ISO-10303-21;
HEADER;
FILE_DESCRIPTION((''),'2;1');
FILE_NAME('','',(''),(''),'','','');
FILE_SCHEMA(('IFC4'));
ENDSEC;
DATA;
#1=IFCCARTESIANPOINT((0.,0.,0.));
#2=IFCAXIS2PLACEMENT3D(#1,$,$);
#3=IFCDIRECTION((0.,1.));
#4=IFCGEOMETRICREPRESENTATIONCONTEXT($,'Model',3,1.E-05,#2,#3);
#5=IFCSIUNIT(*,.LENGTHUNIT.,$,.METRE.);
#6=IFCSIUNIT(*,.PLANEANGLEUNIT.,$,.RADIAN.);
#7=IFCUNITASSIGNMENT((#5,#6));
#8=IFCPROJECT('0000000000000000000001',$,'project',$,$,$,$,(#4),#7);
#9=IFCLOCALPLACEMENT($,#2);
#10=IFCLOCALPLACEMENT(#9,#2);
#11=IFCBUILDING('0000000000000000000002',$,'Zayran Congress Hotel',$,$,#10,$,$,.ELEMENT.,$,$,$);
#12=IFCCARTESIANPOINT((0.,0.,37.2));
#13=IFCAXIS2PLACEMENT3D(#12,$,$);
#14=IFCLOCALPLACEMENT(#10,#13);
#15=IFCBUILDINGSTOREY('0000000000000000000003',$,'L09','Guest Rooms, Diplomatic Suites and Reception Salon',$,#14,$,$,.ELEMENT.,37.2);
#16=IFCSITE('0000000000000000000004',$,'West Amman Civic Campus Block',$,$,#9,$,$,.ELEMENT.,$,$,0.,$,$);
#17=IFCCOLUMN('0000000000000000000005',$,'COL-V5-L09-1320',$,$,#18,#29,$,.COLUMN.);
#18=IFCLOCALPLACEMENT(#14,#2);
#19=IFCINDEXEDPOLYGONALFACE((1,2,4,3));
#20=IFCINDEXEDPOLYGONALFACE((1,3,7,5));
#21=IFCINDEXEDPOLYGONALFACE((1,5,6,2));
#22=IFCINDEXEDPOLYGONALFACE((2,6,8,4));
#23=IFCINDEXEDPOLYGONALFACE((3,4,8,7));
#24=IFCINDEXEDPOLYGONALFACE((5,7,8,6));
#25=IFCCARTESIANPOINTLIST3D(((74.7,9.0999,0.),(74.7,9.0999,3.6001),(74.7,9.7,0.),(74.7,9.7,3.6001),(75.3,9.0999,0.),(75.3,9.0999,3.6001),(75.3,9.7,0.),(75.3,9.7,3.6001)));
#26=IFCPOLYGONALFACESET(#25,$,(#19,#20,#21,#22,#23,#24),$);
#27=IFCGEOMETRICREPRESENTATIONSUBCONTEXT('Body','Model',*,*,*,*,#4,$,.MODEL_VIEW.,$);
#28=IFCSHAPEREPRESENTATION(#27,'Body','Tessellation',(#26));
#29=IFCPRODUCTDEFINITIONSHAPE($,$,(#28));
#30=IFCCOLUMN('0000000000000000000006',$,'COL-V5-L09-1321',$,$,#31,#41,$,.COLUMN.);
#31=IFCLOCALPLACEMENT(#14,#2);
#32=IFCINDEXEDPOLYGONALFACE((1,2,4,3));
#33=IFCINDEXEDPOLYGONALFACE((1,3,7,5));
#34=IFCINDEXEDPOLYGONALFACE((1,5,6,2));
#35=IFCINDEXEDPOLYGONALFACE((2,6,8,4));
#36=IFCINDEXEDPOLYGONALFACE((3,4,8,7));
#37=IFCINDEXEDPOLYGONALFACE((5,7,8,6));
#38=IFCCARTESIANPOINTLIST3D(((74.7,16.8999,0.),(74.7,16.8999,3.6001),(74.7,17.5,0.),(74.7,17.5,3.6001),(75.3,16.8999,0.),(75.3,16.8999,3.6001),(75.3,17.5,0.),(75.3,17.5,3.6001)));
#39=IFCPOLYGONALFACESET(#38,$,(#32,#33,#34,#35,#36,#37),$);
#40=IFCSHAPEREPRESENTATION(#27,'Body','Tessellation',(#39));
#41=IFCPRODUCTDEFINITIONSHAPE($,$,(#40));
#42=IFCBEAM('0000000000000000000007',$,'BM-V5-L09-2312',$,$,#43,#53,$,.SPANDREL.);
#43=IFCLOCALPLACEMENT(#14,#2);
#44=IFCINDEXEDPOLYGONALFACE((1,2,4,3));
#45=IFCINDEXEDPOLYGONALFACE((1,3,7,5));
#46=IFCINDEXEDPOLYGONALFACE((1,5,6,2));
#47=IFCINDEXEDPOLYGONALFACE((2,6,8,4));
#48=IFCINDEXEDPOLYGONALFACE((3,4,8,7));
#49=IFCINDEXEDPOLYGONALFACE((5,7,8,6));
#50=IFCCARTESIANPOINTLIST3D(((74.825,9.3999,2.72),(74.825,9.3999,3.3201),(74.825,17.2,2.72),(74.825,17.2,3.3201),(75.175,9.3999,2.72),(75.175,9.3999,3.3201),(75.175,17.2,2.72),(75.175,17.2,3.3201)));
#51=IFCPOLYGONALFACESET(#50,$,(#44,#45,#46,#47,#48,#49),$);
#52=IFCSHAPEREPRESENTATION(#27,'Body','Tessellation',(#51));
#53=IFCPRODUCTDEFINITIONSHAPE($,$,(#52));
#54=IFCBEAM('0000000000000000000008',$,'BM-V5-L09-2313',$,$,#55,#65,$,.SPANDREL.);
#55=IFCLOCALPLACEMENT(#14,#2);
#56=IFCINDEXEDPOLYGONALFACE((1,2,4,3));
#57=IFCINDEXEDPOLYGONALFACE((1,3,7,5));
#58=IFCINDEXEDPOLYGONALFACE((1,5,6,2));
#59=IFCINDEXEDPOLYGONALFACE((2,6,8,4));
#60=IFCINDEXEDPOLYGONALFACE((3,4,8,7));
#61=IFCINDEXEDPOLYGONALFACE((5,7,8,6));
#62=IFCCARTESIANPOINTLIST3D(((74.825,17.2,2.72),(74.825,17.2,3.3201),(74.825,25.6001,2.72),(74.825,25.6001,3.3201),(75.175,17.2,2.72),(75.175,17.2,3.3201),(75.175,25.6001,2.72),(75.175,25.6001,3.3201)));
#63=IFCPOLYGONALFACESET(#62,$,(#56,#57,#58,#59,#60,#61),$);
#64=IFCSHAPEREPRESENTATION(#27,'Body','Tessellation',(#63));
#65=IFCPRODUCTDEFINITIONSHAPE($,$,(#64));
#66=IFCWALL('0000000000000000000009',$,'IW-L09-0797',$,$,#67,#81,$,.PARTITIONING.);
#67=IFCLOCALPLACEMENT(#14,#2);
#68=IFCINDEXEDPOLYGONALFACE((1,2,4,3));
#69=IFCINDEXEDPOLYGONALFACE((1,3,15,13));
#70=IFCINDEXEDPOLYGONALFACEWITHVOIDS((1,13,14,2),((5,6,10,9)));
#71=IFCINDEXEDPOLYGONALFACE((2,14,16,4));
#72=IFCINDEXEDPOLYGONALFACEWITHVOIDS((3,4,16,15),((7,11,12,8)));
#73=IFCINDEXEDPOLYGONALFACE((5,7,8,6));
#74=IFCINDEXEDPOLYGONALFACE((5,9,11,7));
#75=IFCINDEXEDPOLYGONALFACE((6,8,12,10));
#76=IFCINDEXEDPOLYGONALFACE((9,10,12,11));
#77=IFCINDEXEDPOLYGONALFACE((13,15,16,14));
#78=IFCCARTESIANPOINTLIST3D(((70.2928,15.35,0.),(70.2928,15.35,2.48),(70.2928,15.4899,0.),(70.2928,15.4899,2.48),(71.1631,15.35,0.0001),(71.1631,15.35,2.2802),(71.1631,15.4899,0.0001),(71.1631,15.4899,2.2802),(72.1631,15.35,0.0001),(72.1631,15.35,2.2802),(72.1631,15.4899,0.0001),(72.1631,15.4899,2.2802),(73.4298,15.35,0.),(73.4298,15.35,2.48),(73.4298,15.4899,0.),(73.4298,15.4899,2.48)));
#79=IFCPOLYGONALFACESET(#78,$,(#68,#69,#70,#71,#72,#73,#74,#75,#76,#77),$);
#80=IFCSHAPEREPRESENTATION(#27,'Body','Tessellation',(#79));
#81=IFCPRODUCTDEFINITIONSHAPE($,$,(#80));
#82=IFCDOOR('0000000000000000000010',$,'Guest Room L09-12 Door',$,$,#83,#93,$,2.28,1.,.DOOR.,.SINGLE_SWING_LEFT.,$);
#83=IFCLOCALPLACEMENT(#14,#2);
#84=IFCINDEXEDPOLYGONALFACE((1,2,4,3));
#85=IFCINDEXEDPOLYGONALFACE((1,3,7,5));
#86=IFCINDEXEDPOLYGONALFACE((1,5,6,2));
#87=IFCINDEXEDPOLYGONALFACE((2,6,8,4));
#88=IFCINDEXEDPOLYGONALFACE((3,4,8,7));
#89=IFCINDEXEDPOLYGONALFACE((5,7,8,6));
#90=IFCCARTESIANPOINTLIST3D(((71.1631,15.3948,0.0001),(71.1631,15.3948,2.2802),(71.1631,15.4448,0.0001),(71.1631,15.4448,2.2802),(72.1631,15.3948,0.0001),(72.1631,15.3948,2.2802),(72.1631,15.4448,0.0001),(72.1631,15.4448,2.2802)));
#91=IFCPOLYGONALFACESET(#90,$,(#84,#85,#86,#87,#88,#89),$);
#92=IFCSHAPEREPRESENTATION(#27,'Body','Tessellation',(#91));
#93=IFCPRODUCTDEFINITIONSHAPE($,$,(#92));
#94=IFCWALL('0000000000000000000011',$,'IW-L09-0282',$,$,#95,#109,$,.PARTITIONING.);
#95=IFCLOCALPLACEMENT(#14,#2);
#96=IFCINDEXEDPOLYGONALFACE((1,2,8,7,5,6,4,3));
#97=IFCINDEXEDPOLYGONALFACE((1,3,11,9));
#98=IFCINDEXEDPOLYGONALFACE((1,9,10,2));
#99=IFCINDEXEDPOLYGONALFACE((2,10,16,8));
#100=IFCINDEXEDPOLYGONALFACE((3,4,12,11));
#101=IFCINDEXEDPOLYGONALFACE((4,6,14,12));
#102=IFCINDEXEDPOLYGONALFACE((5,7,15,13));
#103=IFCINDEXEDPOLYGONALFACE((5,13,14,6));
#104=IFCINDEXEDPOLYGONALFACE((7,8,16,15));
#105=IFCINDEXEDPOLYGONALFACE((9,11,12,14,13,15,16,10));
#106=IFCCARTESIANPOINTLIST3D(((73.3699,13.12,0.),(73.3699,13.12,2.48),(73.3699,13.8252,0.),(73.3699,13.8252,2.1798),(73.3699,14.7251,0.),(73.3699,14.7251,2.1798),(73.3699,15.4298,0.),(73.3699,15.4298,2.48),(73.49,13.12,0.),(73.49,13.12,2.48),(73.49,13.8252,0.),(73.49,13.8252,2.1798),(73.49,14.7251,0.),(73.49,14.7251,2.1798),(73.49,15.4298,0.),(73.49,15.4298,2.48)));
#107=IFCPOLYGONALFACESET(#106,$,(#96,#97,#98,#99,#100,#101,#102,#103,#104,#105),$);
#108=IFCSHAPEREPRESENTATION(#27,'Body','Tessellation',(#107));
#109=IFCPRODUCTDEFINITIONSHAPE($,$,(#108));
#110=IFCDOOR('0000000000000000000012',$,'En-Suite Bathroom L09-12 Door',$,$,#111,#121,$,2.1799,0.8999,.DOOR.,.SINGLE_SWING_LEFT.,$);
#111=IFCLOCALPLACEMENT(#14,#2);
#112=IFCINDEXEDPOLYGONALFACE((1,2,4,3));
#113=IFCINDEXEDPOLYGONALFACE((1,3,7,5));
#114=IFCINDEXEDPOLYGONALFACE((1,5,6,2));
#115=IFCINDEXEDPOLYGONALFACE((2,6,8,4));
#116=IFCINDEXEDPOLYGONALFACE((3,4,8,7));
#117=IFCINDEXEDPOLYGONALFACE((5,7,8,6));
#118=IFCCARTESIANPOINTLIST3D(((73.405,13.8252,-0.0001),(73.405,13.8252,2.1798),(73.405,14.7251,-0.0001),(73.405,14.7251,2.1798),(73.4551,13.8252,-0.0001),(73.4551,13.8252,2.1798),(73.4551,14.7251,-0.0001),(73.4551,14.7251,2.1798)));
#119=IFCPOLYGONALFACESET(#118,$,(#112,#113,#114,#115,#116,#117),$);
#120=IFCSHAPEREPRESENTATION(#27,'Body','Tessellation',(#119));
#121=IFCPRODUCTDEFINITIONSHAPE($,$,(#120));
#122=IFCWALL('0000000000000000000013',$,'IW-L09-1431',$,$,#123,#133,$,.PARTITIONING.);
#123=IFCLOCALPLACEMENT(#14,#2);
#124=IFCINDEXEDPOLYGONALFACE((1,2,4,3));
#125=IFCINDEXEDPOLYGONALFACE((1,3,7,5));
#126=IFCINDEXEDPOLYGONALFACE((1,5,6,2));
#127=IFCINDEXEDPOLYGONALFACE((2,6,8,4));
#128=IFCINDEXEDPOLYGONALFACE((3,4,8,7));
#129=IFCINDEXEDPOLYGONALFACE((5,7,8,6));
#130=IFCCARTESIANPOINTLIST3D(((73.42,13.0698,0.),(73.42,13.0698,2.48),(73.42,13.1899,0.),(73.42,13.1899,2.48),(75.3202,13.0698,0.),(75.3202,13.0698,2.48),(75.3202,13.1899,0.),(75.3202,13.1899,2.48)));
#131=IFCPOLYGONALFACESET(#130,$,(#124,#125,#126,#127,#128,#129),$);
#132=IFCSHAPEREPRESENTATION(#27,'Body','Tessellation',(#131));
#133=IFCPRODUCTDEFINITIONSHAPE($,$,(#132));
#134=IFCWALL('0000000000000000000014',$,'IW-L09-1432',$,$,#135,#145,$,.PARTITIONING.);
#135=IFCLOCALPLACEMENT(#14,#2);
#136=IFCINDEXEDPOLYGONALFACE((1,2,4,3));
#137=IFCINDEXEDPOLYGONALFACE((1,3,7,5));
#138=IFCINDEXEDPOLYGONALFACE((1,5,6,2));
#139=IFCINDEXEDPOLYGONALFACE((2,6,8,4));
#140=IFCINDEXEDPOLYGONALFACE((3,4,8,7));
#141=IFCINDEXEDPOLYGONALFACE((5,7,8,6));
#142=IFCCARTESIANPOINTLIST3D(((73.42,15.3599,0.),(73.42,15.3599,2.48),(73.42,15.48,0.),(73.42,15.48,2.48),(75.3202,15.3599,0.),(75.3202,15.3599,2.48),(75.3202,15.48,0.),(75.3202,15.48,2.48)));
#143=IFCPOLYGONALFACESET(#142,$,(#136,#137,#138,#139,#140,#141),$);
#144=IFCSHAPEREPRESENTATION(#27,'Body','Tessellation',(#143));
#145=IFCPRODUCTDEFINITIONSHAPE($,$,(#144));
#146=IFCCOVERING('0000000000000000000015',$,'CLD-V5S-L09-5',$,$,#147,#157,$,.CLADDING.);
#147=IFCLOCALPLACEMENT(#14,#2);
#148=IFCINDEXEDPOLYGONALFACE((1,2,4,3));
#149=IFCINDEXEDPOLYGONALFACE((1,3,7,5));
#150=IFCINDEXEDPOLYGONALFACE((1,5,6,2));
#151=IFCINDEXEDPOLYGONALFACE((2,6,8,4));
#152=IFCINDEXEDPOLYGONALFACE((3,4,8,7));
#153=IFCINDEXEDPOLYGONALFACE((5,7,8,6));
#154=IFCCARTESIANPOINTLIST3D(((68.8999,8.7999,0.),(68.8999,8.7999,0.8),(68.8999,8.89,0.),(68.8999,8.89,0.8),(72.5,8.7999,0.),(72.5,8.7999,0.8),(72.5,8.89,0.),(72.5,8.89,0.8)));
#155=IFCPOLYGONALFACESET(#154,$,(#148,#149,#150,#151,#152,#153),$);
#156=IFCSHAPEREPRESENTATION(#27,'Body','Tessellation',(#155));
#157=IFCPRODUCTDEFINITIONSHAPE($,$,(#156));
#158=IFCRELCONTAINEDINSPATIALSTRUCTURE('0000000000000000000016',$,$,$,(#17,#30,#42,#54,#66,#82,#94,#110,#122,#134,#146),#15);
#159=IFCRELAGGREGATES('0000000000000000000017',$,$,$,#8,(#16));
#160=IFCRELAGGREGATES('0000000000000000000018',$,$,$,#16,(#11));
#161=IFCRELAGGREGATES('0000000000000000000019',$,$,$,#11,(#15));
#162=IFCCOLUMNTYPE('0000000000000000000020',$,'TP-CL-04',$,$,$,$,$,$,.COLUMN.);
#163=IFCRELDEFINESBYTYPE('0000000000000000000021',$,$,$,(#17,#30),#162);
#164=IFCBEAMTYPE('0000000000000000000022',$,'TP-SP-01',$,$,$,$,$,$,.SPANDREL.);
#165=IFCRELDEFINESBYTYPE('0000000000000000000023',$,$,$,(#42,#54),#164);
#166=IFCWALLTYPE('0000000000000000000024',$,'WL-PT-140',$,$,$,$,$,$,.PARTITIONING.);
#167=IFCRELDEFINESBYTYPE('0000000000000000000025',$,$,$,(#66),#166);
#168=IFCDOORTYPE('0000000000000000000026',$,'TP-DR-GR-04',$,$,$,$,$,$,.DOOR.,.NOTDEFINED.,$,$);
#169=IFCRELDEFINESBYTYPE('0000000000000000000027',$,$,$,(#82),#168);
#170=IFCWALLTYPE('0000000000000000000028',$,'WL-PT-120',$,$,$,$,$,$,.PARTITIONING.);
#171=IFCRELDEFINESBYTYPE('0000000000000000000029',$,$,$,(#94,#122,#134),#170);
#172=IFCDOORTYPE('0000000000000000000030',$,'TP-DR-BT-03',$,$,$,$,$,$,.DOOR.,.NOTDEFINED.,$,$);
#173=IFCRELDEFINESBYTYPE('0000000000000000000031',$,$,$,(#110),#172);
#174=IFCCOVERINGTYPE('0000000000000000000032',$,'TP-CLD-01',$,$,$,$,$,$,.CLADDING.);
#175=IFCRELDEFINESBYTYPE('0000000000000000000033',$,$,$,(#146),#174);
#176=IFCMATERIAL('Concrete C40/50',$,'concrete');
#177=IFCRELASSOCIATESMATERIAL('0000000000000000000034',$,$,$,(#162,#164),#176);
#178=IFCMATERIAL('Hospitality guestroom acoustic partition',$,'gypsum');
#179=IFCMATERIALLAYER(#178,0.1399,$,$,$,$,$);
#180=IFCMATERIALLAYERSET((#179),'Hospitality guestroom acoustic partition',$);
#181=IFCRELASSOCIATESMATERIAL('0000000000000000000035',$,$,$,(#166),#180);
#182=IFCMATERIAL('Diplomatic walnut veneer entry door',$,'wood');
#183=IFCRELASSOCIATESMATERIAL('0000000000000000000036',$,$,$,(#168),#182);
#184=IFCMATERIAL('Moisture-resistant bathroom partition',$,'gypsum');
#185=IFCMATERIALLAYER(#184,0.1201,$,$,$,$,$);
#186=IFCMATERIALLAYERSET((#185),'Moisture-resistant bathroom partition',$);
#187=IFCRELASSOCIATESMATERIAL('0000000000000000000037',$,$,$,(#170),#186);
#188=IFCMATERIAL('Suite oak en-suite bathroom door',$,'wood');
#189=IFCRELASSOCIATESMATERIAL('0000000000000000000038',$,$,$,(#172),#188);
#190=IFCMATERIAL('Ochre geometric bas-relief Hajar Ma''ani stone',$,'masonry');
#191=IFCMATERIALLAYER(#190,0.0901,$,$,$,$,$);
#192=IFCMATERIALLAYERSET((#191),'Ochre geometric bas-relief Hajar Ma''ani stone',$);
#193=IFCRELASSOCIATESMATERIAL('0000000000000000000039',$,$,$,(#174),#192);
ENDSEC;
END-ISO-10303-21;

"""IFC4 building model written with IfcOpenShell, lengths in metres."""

from ifc_helpers import new_model, si_unit, direction, frame, frame_2d, origin, origin_2d, place, context, subcontext, project, spatial, rectangle, extrude, material, layer, layer_set, material_profile, profile_set, type_object, element, fill, save


model = new_model("IFC4")

# Units and contexts
model_context = context("Model", 3, precision=1e-05, world=origin(), true_north=direction((0.0, 1.0)))
body_context = subcontext(model_context, "Body", "Model", "MODEL_VIEW")
ifc_project = project(units=[si_unit("LENGTHUNIT", "METRE"), si_unit("PLANEANGLEUNIT", "RADIAN")], contexts=[model_context])

# Site, building, storey
site_placement = place(None, origin())
site = spatial("IfcSite", under=ifc_project, at=site_placement, Name="West Amman Civic Campus Block", CompositionType="ELEMENT", RefElevation=0.0)
building_placement = place(site_placement, origin())
building = spatial("IfcBuilding", under=site, at=building_placement, Name="Zayran Congress Hotel", CompositionType="ELEMENT")
storey_placement = place(building_placement, frame((0.0, 0.0, 37.2)))
storey = spatial("IfcBuildingStorey", under=building, at=storey_placement, Name="L09", Description="Guest Rooms, Diplomatic Suites and Reception Salon", CompositionType="ELEMENT", Elevation=37.2)

# Columns
ifc_material_1 = material(Name="Concrete C40/50", Category="concrete")
ifc_material_profile_1 = material_profile(ifc_material_1, rectangle(XDim=0.6001, YDim=0.6001, at=origin_2d()), Name="RC 600x600")
ifc_profile_set_1 = profile_set([ifc_material_profile_1], Name="Concrete C40/50")
column_type = type_object("IfcColumnType", Name="TP-CL-04", PredefinedType="COLUMN", material=ifc_profile_set_1)
for number, where, z_axis, x_axis, name in (
    (1, (75.0, 9.3999, 0.0), (0.0, 0.0, 1.0), (1.0, 0.0, 0.0), "COL-V5-L09-1320"),
    (2, (75.0, 17.2, 0.0), (0.0, 0.0, 1.0), (1.0, 0.0, 0.0), "COL-V5-L09-1321"),
):
    element("IfcColumn", number, at=place(storey_placement, frame(where, z_axis=z_axis, x_axis=x_axis)), inside=storey, type_object=column_type, Name=name, PredefinedType="COLUMN", context=body_context, shape_type="SweptSolid", body=[
        extrude(rectangle(XDim=0.6001, YDim=0.6001, at=origin_2d()), origin(), (0.0, 0.0, 1.0), 3.6001),
    ])

# Beams
ifc_material_profile_2 = material_profile(ifc_material_1, rectangle(XDim=0.3501, YDim=0.6001, at=origin_2d()), Name="RC 350x600")
ifc_profile_set_2 = profile_set([ifc_material_profile_2], Name="Concrete C40/50")
beam_type = type_object("IfcBeamType", Name="TP-SP-01", PredefinedType="SPANDREL", material=ifc_profile_set_2)
beam_1_placement = place(storey_placement, frame((75.0, 9.3999, 3.02), z_axis=(0.0, 1.0, 0.0), x_axis=(-1.0, 0.0, 0.0)))
element("IfcBeam", 3, at=beam_1_placement, inside=storey, type_object=beam_type, Name="BM-V5-L09-2312", PredefinedType="SPANDREL", context=body_context, shape_type="SweptSolid", body=[
    extrude(rectangle(XDim=0.3501, YDim=0.6001, at=origin_2d()), origin(), (0.0, 0.0, 1.0), 7.8),
])
beam_2_placement = place(storey_placement, frame((75.0, 17.2, 3.02), z_axis=(0.0, 1.0, 0.0), x_axis=(-1.0, 0.0, 0.0)))
element("IfcBeam", 4, at=beam_2_placement, inside=storey, type_object=beam_type, Name="BM-V5-L09-2313", PredefinedType="SPANDREL", context=body_context, shape_type="SweptSolid", body=[
    extrude(rectangle(XDim=0.3501, YDim=0.6001, at=origin_2d()), origin(), (0.0, 0.0, 1.0), 8.4001),
])

# Walls, openings, doors
ifc_material_2 = material(Name="Hospitality guestroom acoustic partition", Category="gypsum")
ifc_layer_1 = layer(ifc_material_2, 0.1399)
ifc_layer_set_1 = layer_set([ifc_layer_1], Name="Hospitality guestroom acoustic partition")
wall_type_1 = type_object("IfcWallType", Name="WL-PT-140", PredefinedType="PARTITIONING", material=ifc_layer_set_1)
wall_1_placement = place(storey_placement, frame((70.293, 15.4199, 0.0), z_axis=(0.0, 0.0, 1.0), x_axis=(1.0, 0.0, 0.0)))
wall_1 = element("IfcWall", 5, at=wall_1_placement, inside=storey, type_object=wall_type_1, Name="IW-L09-0797", PredefinedType="PARTITIONING", context=body_context, shape_type="SweptSolid", body=[
    extrude(rectangle(XDim=3.137, YDim=0.1399, at=frame_2d((1.5684, 0.0))), origin(), (0.0, 0.0, 1.0), 2.48),
])
opening_1_placement = place(wall_1_placement, frame((0.8701, 0.0, 0.0)))
opening_1 = element("IfcOpeningElement", 6, at=opening_1_placement, cuts=wall_1, PredefinedType="OPENING", context=body_context, shape_type="SweptSolid", body=[
    extrude(rectangle(XDim=1.0, YDim=2.28, at=frame_2d((0.5, 1.1401))), frame((0.0, 0.0798, 0.0), z_axis=(0.0, -1.0, 0.0), x_axis=(1.0, 0.0, 0.0)), (0.0, 0.0, 1.0), 0.1599),
])
ifc_material_3 = material(Name="Diplomatic walnut veneer entry door", Category="wood")
door_type_1 = type_object("IfcDoorType", Name="TP-DR-GR-04", OperationType="NOTDEFINED", PredefinedType="DOOR", material=ifc_material_3)
door_1_placement = place(opening_1_placement, origin())
door_1 = element("IfcDoor", 7, at=door_1_placement, inside=storey, type_object=door_type_1, Name="Guest Room L09-12 Door", OperationType="SINGLE_SWING_LEFT", OverallHeight=2.28, OverallWidth=1.0, PredefinedType="DOOR", context=body_context, shape_type="SweptSolid", body=[
    extrude(rectangle(XDim=1.0, YDim=2.28, at=frame_2d((0.5, 1.1401))), frame((0.0, 0.0249, 0.0), z_axis=(0.0, -1.0, 0.0), x_axis=(1.0, 0.0, 0.0)), (0.0, 0.0, 1.0), 0.05),
])
fill(opening_1, door_1)
ifc_material_4 = material(Name="Moisture-resistant bathroom partition", Category="gypsum")
ifc_layer_2 = layer(ifc_material_4, 0.1201)
ifc_layer_set_2 = layer_set([ifc_layer_2], Name="Moisture-resistant bathroom partition")
wall_type_2 = type_object("IfcWallType", Name="WL-PT-120", PredefinedType="PARTITIONING", material=ifc_layer_set_2)
wall_2_placement = place(storey_placement, frame((73.4299, 13.1201, 0.0), z_axis=(0.0, 0.0, 1.0), x_axis=(0.0, 1.0, 0.0)))
wall_2 = element("IfcWall", 8, at=wall_2_placement, inside=storey, type_object=wall_type_2, Name="IW-L09-0282", PredefinedType="PARTITIONING", context=body_context, shape_type="SweptSolid", body=[
    extrude(rectangle(XDim=2.3098, YDim=0.1201, at=frame_2d((1.1548, 0.0))), origin(), (0.0, 0.0, 1.0), 2.48),
])
opening_2_placement = place(wall_2_placement, frame((0.7051, 0.0, 0.0)))
opening_2 = element("IfcOpeningElement", 9, at=opening_2_placement, cuts=wall_2, PredefinedType="OPENING", context=body_context, shape_type="SweptSolid", body=[
    extrude(rectangle(XDim=0.8999, YDim=2.1799, at=frame_2d((0.45, 1.0898))), frame((0.0, 0.0701, 0.0), z_axis=(0.0, -1.0, 0.0), x_axis=(1.0, 0.0, 0.0)), (0.0, 0.0, 1.0), 0.1401),
])
ifc_material_5 = material(Name="Suite oak en-suite bathroom door", Category="wood")
door_type_2 = type_object("IfcDoorType", Name="TP-DR-BT-03", OperationType="NOTDEFINED", PredefinedType="DOOR", material=ifc_material_5)
door_2_placement = place(opening_2_placement, origin())
door_2 = element("IfcDoor", 10, at=door_2_placement, inside=storey, type_object=door_type_2, Name="En-Suite Bathroom L09-12 Door", OperationType="SINGLE_SWING_LEFT", OverallHeight=2.1799, OverallWidth=0.8999, PredefinedType="DOOR", context=body_context, shape_type="SweptSolid", body=[
    extrude(rectangle(XDim=0.8999, YDim=2.1799, at=frame_2d((0.45, 1.0898))), frame((0.0, 0.0249, 0.0), z_axis=(0.0, -1.0, 0.0), x_axis=(1.0, 0.0, 0.0)), (0.0, 0.0, 1.0), 0.05),
])
fill(opening_2, door_2)

# Walls
for number, where, z_axis, x_axis, name in (
    (11, (73.4199, 13.1299, 0.0), (0.0, 0.0, 1.0), (1.0, 0.0, 0.0), "IW-L09-1431"),
    (12, (73.4199, 15.4199, 0.0), (0.0, 0.0, 1.0), (1.0, 0.0, 0.0), "IW-L09-1432"),
):
    element("IfcWall", number, at=place(storey_placement, frame(where, z_axis=z_axis, x_axis=x_axis)), inside=storey, type_object=wall_type_2, Name=name, PredefinedType="PARTITIONING", context=body_context, shape_type="SweptSolid", body=[
        extrude(rectangle(XDim=1.9001, YDim=0.1201, at=frame_2d((0.9502, 0.0))), origin(), (0.0, 0.0, 1.0), 2.48),
    ])

# Covering
ifc_material_6 = material(Name="Ochre geometric bas-relief Hajar Ma'ani stone", Category="masonry")
ifc_layer_3 = layer(ifc_material_6, 0.0901)
ifc_layer_set_3 = layer_set([ifc_layer_3], Name="Ochre geometric bas-relief Hajar Ma'ani stone")
covering_type = type_object("IfcCoveringType", Name="TP-CLD-01", PredefinedType="CLADDING", material=ifc_layer_set_3)
covering_placement = place(storey_placement, frame((70.7, 8.845, 0.0), z_axis=(0.0, 0.0, 1.0), x_axis=(1.0, 0.0, 0.0)))
element("IfcCovering", 13, at=covering_placement, inside=storey, type_object=covering_type, Name="CLD-V5S-L09-5", PredefinedType="CLADDING", context=body_context, shape_type="SweptSolid", body=[
    extrude(rectangle(XDim=3.6001, YDim=0.0901, at=origin_2d()), origin(), (0.0, 0.0, 1.0), 0.8),
])

save(model, "model.ifc")
